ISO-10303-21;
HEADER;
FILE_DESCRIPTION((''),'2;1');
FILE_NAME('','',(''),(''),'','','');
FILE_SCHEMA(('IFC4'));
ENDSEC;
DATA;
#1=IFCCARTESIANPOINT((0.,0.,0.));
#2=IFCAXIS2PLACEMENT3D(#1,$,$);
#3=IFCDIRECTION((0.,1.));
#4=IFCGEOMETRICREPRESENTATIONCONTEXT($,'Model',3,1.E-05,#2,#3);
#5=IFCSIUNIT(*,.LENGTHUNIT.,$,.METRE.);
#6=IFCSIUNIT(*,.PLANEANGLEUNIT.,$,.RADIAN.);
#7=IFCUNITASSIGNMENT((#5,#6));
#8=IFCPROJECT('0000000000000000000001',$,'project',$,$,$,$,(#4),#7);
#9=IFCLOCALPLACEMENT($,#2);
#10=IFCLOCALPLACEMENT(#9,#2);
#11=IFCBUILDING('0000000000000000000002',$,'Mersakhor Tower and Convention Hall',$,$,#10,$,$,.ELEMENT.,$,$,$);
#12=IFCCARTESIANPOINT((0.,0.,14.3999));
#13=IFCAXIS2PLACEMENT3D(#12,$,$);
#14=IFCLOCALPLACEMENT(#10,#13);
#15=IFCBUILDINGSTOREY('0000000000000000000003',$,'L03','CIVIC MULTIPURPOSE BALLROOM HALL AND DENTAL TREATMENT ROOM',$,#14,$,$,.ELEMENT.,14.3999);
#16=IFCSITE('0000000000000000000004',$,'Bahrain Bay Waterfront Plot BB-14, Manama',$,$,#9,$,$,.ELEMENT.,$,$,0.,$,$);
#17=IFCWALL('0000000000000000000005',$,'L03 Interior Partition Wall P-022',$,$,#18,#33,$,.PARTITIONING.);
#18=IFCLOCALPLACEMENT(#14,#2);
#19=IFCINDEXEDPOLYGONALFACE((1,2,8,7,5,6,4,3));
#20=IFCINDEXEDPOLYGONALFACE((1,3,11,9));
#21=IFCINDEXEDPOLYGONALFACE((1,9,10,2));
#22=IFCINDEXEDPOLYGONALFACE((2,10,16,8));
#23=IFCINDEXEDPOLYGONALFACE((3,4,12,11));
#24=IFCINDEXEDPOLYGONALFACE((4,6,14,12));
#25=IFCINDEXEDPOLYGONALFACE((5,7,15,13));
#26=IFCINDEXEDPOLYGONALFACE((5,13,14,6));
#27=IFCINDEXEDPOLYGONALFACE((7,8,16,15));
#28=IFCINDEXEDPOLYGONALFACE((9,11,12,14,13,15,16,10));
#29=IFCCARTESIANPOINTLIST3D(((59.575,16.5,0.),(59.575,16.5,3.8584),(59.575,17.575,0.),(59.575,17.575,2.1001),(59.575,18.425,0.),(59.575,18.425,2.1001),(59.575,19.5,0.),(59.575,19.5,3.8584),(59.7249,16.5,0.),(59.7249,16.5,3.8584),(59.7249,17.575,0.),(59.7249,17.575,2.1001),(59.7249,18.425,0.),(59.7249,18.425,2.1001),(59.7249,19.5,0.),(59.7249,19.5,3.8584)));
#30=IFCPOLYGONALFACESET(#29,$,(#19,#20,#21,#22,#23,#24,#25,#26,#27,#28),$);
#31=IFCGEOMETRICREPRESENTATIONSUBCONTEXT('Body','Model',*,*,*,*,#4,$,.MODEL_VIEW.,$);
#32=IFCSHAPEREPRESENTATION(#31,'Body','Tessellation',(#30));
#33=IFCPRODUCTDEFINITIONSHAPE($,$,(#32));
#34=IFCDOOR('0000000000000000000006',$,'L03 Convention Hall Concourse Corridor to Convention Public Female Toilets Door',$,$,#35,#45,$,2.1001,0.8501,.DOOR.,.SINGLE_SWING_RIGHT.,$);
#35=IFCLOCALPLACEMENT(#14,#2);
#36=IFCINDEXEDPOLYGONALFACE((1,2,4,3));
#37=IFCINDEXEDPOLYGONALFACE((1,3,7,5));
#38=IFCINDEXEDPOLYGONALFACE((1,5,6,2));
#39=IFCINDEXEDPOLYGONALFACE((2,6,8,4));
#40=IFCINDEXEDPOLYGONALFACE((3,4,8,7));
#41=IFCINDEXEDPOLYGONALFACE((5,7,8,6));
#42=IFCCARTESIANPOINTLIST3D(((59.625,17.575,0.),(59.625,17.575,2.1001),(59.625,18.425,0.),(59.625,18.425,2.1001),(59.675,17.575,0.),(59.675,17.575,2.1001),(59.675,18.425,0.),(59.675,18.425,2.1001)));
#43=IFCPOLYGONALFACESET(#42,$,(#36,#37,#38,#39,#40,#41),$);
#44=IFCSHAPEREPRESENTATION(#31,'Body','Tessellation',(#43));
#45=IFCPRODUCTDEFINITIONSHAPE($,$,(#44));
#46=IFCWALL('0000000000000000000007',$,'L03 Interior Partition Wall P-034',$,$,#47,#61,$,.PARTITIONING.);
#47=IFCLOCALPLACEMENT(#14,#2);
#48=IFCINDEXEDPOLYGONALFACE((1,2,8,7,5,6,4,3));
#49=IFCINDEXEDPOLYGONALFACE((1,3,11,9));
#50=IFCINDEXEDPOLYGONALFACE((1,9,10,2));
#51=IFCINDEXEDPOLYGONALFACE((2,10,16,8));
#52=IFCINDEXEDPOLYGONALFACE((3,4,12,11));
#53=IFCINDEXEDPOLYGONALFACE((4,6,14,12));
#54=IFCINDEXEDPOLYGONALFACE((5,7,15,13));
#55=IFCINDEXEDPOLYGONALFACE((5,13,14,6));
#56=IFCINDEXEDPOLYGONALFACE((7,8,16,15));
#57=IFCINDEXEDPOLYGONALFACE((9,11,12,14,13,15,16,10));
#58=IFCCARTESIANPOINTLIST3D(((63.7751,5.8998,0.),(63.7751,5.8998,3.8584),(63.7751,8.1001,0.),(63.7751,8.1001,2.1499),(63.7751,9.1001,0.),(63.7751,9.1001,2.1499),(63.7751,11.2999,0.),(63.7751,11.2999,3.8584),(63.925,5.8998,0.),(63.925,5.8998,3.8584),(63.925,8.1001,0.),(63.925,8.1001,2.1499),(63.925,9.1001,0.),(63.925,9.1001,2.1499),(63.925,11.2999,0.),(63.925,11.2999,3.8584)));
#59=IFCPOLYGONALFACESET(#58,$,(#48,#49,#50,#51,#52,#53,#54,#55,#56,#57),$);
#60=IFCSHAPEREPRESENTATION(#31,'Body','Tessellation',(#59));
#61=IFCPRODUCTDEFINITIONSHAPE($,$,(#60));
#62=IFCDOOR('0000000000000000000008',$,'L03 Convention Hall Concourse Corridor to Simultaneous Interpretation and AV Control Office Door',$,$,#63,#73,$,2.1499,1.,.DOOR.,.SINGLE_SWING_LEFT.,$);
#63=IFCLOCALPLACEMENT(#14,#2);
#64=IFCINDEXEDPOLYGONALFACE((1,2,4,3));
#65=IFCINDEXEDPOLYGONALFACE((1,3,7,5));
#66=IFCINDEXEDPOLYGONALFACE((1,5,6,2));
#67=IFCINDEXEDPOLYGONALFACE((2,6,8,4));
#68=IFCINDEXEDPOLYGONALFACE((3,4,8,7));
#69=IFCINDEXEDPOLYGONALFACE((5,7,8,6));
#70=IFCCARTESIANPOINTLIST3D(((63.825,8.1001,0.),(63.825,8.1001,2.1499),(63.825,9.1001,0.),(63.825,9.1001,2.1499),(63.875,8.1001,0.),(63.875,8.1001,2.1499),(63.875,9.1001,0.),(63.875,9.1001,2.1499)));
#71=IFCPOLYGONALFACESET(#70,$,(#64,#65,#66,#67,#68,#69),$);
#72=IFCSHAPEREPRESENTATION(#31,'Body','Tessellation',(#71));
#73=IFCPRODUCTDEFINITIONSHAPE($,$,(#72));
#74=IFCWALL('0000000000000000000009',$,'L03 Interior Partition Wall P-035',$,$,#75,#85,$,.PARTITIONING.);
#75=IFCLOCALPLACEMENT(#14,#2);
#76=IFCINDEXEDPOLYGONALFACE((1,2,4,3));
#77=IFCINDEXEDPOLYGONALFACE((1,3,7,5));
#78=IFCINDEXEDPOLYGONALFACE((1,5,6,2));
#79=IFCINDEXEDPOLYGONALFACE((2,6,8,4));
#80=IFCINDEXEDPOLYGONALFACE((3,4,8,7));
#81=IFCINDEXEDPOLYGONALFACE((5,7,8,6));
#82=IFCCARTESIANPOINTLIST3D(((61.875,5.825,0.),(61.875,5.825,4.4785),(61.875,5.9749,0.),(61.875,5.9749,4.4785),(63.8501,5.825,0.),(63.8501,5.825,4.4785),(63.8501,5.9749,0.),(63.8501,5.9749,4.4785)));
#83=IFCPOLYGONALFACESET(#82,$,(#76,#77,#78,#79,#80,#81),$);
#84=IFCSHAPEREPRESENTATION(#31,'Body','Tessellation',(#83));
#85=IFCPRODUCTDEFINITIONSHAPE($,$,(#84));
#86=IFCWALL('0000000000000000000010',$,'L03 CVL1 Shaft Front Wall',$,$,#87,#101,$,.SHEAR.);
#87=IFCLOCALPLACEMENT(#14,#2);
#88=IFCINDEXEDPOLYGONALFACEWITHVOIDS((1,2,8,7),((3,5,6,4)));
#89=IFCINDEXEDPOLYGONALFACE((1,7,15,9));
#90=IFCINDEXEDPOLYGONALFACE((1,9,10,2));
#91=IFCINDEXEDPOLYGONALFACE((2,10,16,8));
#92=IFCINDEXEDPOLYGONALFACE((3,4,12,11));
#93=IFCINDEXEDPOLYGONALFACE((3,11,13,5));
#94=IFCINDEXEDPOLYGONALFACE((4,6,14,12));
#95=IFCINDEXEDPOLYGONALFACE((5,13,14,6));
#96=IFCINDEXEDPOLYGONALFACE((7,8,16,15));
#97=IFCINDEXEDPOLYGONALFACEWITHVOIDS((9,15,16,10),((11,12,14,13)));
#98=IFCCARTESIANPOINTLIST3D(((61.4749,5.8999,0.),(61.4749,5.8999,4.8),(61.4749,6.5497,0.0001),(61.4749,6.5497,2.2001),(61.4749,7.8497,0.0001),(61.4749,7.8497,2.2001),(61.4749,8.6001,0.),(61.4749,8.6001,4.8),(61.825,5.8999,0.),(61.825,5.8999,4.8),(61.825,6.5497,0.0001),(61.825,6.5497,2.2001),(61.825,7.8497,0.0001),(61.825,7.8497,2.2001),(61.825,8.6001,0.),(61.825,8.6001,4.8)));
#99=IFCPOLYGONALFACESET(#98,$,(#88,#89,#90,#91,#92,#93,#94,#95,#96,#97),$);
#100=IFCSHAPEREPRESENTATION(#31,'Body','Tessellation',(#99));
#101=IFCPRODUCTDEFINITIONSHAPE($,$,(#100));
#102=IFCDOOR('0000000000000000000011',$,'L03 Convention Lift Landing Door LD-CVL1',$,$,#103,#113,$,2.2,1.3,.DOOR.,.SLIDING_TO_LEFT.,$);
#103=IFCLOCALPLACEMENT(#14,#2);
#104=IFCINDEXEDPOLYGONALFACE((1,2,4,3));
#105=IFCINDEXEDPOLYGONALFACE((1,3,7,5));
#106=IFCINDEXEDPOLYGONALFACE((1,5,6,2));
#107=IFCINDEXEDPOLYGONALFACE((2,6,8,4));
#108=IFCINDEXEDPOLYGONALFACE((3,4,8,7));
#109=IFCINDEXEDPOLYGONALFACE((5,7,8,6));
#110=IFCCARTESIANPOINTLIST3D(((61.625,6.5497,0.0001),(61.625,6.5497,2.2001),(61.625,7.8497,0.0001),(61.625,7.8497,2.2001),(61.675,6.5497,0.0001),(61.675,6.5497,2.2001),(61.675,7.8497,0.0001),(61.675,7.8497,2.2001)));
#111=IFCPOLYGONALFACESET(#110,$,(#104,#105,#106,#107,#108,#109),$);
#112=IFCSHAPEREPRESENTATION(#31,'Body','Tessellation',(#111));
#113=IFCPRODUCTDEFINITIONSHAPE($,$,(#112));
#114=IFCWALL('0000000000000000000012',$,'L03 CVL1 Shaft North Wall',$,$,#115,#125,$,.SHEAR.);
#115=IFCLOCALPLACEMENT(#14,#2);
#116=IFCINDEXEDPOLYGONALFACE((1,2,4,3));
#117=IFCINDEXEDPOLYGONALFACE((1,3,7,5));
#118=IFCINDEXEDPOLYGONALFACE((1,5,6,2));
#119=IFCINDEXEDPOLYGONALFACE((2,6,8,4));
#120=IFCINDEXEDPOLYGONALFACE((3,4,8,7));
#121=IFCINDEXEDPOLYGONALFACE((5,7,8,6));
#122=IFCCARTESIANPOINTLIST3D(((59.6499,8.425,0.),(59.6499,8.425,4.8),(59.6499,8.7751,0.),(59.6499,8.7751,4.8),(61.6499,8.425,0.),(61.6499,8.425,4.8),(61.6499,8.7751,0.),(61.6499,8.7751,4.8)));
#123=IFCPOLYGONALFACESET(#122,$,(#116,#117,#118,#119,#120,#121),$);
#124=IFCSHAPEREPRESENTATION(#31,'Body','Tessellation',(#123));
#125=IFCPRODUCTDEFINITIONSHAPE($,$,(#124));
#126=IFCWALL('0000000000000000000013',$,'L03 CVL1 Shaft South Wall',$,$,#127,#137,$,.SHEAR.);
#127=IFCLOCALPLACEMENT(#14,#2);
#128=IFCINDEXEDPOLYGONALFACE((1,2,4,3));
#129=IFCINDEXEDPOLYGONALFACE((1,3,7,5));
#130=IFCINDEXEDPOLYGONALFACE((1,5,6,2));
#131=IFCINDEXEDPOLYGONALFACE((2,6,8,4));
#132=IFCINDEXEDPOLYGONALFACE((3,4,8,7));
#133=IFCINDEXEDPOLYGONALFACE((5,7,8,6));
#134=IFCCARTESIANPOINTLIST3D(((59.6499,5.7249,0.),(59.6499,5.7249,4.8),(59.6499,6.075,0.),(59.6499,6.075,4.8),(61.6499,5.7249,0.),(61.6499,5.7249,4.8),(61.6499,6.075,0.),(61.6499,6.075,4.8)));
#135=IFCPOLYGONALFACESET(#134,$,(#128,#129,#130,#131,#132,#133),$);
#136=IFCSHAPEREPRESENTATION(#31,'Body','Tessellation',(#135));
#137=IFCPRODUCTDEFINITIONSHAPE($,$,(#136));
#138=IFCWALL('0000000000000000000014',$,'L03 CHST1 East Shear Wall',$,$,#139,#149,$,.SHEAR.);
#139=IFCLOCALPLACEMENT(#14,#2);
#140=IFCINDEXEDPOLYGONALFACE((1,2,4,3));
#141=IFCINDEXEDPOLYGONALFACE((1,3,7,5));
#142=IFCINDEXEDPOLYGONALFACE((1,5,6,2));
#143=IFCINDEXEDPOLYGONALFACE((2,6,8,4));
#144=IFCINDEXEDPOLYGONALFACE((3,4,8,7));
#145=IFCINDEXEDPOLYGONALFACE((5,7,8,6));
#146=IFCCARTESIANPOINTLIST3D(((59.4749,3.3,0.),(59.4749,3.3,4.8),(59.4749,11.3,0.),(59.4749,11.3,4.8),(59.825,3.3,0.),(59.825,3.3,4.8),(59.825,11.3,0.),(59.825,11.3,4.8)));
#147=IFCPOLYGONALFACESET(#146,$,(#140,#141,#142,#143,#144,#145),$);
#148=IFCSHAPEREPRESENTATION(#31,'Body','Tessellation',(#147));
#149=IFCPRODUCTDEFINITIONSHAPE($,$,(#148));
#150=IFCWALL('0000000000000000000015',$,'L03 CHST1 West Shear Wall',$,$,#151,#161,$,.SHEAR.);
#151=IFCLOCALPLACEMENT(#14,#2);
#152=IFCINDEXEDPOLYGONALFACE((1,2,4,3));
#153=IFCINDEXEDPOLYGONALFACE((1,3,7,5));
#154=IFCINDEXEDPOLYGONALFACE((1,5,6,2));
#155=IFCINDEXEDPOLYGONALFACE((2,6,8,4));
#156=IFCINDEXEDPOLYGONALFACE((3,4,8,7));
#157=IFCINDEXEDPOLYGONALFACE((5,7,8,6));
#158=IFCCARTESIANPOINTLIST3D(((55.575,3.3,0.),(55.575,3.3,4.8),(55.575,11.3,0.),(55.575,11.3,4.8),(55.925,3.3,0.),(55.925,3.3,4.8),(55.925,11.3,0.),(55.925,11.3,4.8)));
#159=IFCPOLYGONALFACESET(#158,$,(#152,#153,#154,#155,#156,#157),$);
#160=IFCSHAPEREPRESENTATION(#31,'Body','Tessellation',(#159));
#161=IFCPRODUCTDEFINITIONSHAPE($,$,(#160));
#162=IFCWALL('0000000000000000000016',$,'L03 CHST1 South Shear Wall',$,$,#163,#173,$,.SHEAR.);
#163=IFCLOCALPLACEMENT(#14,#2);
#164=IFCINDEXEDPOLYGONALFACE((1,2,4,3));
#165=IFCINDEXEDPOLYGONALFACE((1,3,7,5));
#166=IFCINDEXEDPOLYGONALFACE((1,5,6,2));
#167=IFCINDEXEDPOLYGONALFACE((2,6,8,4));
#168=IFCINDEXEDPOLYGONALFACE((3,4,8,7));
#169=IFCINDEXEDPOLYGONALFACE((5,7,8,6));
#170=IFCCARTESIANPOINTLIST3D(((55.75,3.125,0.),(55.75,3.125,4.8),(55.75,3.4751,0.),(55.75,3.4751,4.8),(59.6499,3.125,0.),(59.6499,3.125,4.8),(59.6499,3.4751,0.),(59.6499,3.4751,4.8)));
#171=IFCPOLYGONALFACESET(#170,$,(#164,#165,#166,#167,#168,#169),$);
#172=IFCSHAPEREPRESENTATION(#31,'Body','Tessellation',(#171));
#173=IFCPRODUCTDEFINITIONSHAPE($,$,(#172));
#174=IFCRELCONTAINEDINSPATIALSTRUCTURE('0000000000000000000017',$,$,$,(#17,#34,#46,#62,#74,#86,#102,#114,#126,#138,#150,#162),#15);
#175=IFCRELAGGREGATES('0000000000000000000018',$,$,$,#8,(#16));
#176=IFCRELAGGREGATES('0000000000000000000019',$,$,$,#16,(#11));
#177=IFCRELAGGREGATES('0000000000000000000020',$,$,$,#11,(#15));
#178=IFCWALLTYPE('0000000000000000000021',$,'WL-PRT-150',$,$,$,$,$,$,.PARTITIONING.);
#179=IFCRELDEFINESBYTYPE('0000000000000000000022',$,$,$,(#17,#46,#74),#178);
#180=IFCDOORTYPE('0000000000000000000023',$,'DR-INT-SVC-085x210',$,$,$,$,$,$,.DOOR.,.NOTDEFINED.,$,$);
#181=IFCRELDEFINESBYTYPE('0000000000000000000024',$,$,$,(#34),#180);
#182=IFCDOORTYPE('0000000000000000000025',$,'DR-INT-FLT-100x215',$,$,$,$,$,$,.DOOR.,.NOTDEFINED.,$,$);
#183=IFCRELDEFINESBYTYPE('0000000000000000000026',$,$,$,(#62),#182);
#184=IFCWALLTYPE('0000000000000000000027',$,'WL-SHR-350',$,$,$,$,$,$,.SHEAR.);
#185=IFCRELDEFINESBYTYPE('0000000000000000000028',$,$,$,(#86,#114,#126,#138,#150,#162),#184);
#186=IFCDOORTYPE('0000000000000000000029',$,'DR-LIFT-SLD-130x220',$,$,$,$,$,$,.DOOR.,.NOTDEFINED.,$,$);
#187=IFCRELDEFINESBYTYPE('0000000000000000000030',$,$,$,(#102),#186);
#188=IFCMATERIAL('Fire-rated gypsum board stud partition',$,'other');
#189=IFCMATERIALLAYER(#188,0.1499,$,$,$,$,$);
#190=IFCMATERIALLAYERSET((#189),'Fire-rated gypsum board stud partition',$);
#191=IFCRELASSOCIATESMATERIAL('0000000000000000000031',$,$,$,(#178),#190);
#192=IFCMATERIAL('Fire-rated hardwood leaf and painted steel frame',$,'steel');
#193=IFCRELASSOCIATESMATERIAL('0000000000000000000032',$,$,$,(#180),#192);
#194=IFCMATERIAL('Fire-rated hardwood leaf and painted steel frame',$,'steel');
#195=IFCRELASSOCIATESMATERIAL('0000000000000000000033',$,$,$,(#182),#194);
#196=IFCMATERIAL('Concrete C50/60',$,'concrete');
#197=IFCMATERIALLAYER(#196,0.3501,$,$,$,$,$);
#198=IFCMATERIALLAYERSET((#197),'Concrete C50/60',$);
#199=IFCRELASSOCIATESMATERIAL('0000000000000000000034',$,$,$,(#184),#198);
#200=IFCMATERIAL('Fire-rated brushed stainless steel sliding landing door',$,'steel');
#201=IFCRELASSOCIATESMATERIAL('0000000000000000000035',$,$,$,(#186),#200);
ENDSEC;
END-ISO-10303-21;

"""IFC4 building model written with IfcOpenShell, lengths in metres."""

from ifc_helpers import new_model, si_unit, direction, frame, frame_2d, origin, place, context, subcontext, project, spatial, rectangle, extrude, material, layer, layer_set, type_object, element, fill, save


model = new_model("IFC4")

# Units and contexts
model_context = context("Model", 3, precision=1e-05, world=origin(), true_north=direction((0.0, 1.0)))
body_context = subcontext(model_context, "Body", "Model", "MODEL_VIEW")
ifc_project = project(units=[si_unit("LENGTHUNIT", "METRE"), si_unit("PLANEANGLEUNIT", "RADIAN")], contexts=[model_context])

# Site, building, storey
site_placement = place(None, origin())
site = spatial("IfcSite", under=ifc_project, at=site_placement, Name="Bahrain Bay Waterfront Plot BB-14, Manama", CompositionType="ELEMENT", RefElevation=0.0)
building_placement = place(site_placement, origin())
building = spatial("IfcBuilding", under=site, at=building_placement, Name="Mersakhor Tower and Convention Hall", CompositionType="ELEMENT")
storey_placement = place(building_placement, frame((0.0, 0.0, 14.3999)))
storey = spatial("IfcBuildingStorey", under=building, at=storey_placement, Name="L03", Description="CIVIC MULTIPURPOSE BALLROOM HALL AND DENTAL TREATMENT ROOM", CompositionType="ELEMENT", Elevation=14.3999)

# Shared definitions
ifc_material_1 = material(Name="Fire-rated gypsum board stud partition", Category="other")
ifc_layer_1 = layer(ifc_material_1, 0.1499)
ifc_layer_set_1 = layer_set([ifc_layer_1], Name="Fire-rated gypsum board stud partition")
wall_type_1 = type_object("IfcWallType", Name="WL-PRT-150", PredefinedType="PARTITIONING", material=ifc_layer_set_1)

# Walls, openings, doors
wall_1_placement = place(storey_placement, frame((59.6499, 16.5, 0.0), z_axis=(0.0, 0.0, 1.0), x_axis=(0.0, 1.0, 0.0)))
wall_1 = element("IfcWall", 1, at=wall_1_placement, inside=storey, type_object=wall_type_1, Name="L03 Interior Partition Wall P-022", PredefinedType="PARTITIONING", context=body_context, shape_type="SweptSolid", body=[
    extrude(rectangle(XDim=3.0, YDim=0.1499, at=frame_2d((1.5, 0.0))), origin(), (0.0, 0.0, 1.0), 3.8584),
])
opening_1_placement = place(wall_1_placement, frame((1.075, 0.0, 0.0)))
opening_1 = element("IfcOpeningElement", 2, at=opening_1_placement, cuts=wall_1, PredefinedType="OPENING", context=body_context, shape_type="SweptSolid", body=[
    extrude(rectangle(XDim=0.8501, YDim=2.1001, at=frame_2d((0.425, 1.05))), frame((0.0, 0.085, 0.0), z_axis=(0.0, -1.0, 0.0), x_axis=(1.0, 0.0, 0.0)), (0.0, 0.0, 1.0), 0.1699),
])
ifc_material_2 = material(Name="Fire-rated hardwood leaf and painted steel frame", Category="steel")
door_type_1 = type_object("IfcDoorType", Name="DR-INT-SVC-085x210", OperationType="NOTDEFINED", PredefinedType="DOOR", material=ifc_material_2)
door_1_placement = place(opening_1_placement, origin())
door_1 = element("IfcDoor", 3, at=door_1_placement, inside=storey, type_object=door_type_1, Name="L03 Convention Hall Concourse Corridor to Convention Public Female Toilets Door", OperationType="SINGLE_SWING_RIGHT", OverallHeight=2.1001, OverallWidth=0.8501, PredefinedType="DOOR", context=body_context, shape_type="SweptSolid", body=[
    extrude(rectangle(XDim=0.8501, YDim=2.1001, at=frame_2d((0.425, 1.05))), frame((0.0, 0.0249, 0.0), z_axis=(0.0, -1.0, 0.0), x_axis=(1.0, 0.0, 0.0)), (0.0, 0.0, 1.0), 0.05),
])
fill(opening_1, door_1)
wall_2_placement = place(storey_placement, frame((63.8501, 11.3, 0.0), z_axis=(0.0, 0.0, 1.0), x_axis=(0.0, -1.0, 0.0)))
wall_2 = element("IfcWall", 4, at=wall_2_placement, inside=storey, type_object=wall_type_1, Name="L03 Interior Partition Wall P-034", PredefinedType="PARTITIONING", context=body_context, shape_type="SweptSolid", body=[
    extrude(rectangle(XDim=5.4001, YDim=0.1499, at=frame_2d((2.7002, 0.0))), origin(), (0.0, 0.0, 1.0), 3.8584),
])
opening_2_placement = place(wall_2_placement, frame((2.2, 0.0, 0.0)))
opening_2 = element("IfcOpeningElement", 5, at=opening_2_placement, cuts=wall_2, PredefinedType="OPENING", context=body_context, shape_type="SweptSolid", body=[
    extrude(rectangle(XDim=1.0, YDim=2.1499, at=frame_2d((0.5, 1.075))), frame((0.0, 0.085, 0.0), z_axis=(0.0, -1.0, 0.0), x_axis=(1.0, 0.0, 0.0)), (0.0, 0.0, 1.0), 0.1699),
])
ifc_material_3 = material(Name="Fire-rated hardwood leaf and painted steel frame", Category="steel")
door_type_2 = type_object("IfcDoorType", Name="DR-INT-FLT-100x215", OperationType="NOTDEFINED", PredefinedType="DOOR", material=ifc_material_3)
door_2_placement = place(opening_2_placement, origin())
door_2 = element("IfcDoor", 6, at=door_2_placement, inside=storey, type_object=door_type_2, Name="L03 Convention Hall Concourse Corridor to Simultaneous Interpretation and AV Control Office Door", OperationType="SINGLE_SWING_LEFT", OverallHeight=2.1499, OverallWidth=1.0, PredefinedType="DOOR", context=body_context, shape_type="SweptSolid", body=[
    extrude(rectangle(XDim=1.0, YDim=2.1499, at=frame_2d((0.5, 1.075))), frame((0.0, 0.0249, 0.0), z_axis=(0.0, -1.0, 0.0), x_axis=(1.0, 0.0, 0.0)), (0.0, 0.0, 1.0), 0.05),
])
fill(opening_2, door_2)

# Wall
wall_3_placement = place(storey_placement, frame((63.8501, 5.8999, 0.0), z_axis=(0.0, 0.0, 1.0), x_axis=(-1.0, 0.0, 0.0)))
element("IfcWall", 7, at=wall_3_placement, inside=storey, type_object=wall_type_1, Name="L03 Interior Partition Wall P-035", PredefinedType="PARTITIONING", context=body_context, shape_type="SweptSolid", body=[
    extrude(rectangle(XDim=1.9751, YDim=0.1499, at=frame_2d((0.9875, 0.0))), origin(), (0.0, 0.0, 1.0), 4.4785),
])

# Wall, opening, door
ifc_material_4 = material(Name="Concrete C50/60", Category="concrete")
ifc_layer_2 = layer(ifc_material_4, 0.3501)
ifc_layer_set_2 = layer_set([ifc_layer_2], Name="Concrete C50/60")
wall_type_2 = type_object("IfcWallType", Name="WL-SHR-350", PredefinedType="SHEAR", material=ifc_layer_set_2)
wall_4_placement = place(storey_placement, frame((61.6499, 5.8999, 0.0), z_axis=(0.0, 0.0, 1.0), x_axis=(0.0, 1.0, 0.0)))
wall_4 = element("IfcWall", 8, at=wall_4_placement, inside=storey, type_object=wall_type_2, Name="L03 CVL1 Shaft Front Wall", PredefinedType="SHEAR", context=body_context, shape_type="SweptSolid", body=[
    extrude(rectangle(XDim=2.7002, YDim=0.3501, at=frame_2d((1.3501, 0.0))), origin(), (0.0, 0.0, 1.0), 4.8),
])
opening_3_placement = place(wall_4_placement, frame((0.6499, 0.0, 0.0)))
opening_3 = element("IfcOpeningElement", 9, at=opening_3_placement, cuts=wall_4, PredefinedType="OPENING", context=body_context, shape_type="SweptSolid", body=[
    extrude(rectangle(XDim=1.3, YDim=2.2, at=frame_2d((0.6499, 1.1001))), frame((0.0, 0.1851, 0.0), z_axis=(0.0, -1.0, 0.0), x_axis=(1.0, 0.0, 0.0)), (0.0, 0.0, 1.0), 0.3701),
])
ifc_material_5 = material(Name="Fire-rated brushed stainless steel sliding landing door", Category="steel")
door_type_3 = type_object("IfcDoorType", Name="DR-LIFT-SLD-130x220", OperationType="NOTDEFINED", PredefinedType="DOOR", material=ifc_material_5)
door_3_placement = place(opening_3_placement, origin())
door_3 = element("IfcDoor", 10, at=door_3_placement, inside=storey, type_object=door_type_3, Name="L03 Convention Lift Landing Door LD-CVL1", OperationType="SLIDING_TO_LEFT", OverallHeight=2.2, OverallWidth=1.3, PredefinedType="DOOR", context=body_context, shape_type="SweptSolid", body=[
    extrude(rectangle(XDim=1.3, YDim=2.2, at=frame_2d((0.6499, 1.1001))), frame((0.0, 0.0249, 0.0), z_axis=(0.0, -1.0, 0.0), x_axis=(1.0, 0.0, 0.0)), (0.0, 0.0, 1.0), 0.05),
])
fill(opening_3, door_3)

# Walls
for number, where, z_axis, x_axis, name in (
    (11, (59.6499, 8.6001, 0.0), (0.0, 0.0, 1.0), (1.0, 0.0, 0.0), "L03 CVL1 Shaft North Wall"),
    (12, (59.6499, 5.8999, 0.0), (0.0, 0.0, 1.0), (1.0, 0.0, 0.0), "L03 CVL1 Shaft South Wall"),
):
    element("IfcWall", number, at=place(storey_placement, frame(where, z_axis=z_axis, x_axis=x_axis)), inside=storey, type_object=wall_type_2, Name=name, PredefinedType="SHEAR", context=body_context, shape_type="SweptSolid", body=[
        extrude(rectangle(XDim=2.0, YDim=0.3501, at=frame_2d((1.0, 0.0))), origin(), (0.0, 0.0, 1.0), 4.8),
    ])
for number, where, z_axis, x_axis, name in (
    (13, (59.6499, 11.3, 0.0), (0.0, 0.0, 1.0), (0.0, -1.0, 0.0), "L03 CHST1 East Shear Wall"),
    (14, (55.75, 3.3, 0.0), (0.0, 0.0, 1.0), (0.0, 1.0, 0.0), "L03 CHST1 West Shear Wall"),
):
    element("IfcWall", number, at=place(storey_placement, frame(where, z_axis=z_axis, x_axis=x_axis)), inside=storey, type_object=wall_type_2, Name=name, PredefinedType="SHEAR", context=body_context, shape_type="SweptSolid", body=[
        extrude(rectangle(XDim=8.0, YDim=0.3501, at=frame_2d((4.0, 0.0))), origin(), (0.0, 0.0, 1.0), 4.8),
    ])

# Wall
wall_5_placement = place(storey_placement, frame((55.75, 3.3, 0.0), z_axis=(0.0, 0.0, 1.0), x_axis=(1.0, 0.0, 0.0)))
element("IfcWall", 15, at=wall_5_placement, inside=storey, type_object=wall_type_2, Name="L03 CHST1 South Shear Wall", PredefinedType="SHEAR", context=body_context, shape_type="SweptSolid", body=[
    extrude(rectangle(XDim=3.8999, YDim=0.3501, at=frame_2d((1.95, 0.0))), origin(), (0.0, 0.0, 1.0), 4.8),
])

save(model, "model.ifc")
